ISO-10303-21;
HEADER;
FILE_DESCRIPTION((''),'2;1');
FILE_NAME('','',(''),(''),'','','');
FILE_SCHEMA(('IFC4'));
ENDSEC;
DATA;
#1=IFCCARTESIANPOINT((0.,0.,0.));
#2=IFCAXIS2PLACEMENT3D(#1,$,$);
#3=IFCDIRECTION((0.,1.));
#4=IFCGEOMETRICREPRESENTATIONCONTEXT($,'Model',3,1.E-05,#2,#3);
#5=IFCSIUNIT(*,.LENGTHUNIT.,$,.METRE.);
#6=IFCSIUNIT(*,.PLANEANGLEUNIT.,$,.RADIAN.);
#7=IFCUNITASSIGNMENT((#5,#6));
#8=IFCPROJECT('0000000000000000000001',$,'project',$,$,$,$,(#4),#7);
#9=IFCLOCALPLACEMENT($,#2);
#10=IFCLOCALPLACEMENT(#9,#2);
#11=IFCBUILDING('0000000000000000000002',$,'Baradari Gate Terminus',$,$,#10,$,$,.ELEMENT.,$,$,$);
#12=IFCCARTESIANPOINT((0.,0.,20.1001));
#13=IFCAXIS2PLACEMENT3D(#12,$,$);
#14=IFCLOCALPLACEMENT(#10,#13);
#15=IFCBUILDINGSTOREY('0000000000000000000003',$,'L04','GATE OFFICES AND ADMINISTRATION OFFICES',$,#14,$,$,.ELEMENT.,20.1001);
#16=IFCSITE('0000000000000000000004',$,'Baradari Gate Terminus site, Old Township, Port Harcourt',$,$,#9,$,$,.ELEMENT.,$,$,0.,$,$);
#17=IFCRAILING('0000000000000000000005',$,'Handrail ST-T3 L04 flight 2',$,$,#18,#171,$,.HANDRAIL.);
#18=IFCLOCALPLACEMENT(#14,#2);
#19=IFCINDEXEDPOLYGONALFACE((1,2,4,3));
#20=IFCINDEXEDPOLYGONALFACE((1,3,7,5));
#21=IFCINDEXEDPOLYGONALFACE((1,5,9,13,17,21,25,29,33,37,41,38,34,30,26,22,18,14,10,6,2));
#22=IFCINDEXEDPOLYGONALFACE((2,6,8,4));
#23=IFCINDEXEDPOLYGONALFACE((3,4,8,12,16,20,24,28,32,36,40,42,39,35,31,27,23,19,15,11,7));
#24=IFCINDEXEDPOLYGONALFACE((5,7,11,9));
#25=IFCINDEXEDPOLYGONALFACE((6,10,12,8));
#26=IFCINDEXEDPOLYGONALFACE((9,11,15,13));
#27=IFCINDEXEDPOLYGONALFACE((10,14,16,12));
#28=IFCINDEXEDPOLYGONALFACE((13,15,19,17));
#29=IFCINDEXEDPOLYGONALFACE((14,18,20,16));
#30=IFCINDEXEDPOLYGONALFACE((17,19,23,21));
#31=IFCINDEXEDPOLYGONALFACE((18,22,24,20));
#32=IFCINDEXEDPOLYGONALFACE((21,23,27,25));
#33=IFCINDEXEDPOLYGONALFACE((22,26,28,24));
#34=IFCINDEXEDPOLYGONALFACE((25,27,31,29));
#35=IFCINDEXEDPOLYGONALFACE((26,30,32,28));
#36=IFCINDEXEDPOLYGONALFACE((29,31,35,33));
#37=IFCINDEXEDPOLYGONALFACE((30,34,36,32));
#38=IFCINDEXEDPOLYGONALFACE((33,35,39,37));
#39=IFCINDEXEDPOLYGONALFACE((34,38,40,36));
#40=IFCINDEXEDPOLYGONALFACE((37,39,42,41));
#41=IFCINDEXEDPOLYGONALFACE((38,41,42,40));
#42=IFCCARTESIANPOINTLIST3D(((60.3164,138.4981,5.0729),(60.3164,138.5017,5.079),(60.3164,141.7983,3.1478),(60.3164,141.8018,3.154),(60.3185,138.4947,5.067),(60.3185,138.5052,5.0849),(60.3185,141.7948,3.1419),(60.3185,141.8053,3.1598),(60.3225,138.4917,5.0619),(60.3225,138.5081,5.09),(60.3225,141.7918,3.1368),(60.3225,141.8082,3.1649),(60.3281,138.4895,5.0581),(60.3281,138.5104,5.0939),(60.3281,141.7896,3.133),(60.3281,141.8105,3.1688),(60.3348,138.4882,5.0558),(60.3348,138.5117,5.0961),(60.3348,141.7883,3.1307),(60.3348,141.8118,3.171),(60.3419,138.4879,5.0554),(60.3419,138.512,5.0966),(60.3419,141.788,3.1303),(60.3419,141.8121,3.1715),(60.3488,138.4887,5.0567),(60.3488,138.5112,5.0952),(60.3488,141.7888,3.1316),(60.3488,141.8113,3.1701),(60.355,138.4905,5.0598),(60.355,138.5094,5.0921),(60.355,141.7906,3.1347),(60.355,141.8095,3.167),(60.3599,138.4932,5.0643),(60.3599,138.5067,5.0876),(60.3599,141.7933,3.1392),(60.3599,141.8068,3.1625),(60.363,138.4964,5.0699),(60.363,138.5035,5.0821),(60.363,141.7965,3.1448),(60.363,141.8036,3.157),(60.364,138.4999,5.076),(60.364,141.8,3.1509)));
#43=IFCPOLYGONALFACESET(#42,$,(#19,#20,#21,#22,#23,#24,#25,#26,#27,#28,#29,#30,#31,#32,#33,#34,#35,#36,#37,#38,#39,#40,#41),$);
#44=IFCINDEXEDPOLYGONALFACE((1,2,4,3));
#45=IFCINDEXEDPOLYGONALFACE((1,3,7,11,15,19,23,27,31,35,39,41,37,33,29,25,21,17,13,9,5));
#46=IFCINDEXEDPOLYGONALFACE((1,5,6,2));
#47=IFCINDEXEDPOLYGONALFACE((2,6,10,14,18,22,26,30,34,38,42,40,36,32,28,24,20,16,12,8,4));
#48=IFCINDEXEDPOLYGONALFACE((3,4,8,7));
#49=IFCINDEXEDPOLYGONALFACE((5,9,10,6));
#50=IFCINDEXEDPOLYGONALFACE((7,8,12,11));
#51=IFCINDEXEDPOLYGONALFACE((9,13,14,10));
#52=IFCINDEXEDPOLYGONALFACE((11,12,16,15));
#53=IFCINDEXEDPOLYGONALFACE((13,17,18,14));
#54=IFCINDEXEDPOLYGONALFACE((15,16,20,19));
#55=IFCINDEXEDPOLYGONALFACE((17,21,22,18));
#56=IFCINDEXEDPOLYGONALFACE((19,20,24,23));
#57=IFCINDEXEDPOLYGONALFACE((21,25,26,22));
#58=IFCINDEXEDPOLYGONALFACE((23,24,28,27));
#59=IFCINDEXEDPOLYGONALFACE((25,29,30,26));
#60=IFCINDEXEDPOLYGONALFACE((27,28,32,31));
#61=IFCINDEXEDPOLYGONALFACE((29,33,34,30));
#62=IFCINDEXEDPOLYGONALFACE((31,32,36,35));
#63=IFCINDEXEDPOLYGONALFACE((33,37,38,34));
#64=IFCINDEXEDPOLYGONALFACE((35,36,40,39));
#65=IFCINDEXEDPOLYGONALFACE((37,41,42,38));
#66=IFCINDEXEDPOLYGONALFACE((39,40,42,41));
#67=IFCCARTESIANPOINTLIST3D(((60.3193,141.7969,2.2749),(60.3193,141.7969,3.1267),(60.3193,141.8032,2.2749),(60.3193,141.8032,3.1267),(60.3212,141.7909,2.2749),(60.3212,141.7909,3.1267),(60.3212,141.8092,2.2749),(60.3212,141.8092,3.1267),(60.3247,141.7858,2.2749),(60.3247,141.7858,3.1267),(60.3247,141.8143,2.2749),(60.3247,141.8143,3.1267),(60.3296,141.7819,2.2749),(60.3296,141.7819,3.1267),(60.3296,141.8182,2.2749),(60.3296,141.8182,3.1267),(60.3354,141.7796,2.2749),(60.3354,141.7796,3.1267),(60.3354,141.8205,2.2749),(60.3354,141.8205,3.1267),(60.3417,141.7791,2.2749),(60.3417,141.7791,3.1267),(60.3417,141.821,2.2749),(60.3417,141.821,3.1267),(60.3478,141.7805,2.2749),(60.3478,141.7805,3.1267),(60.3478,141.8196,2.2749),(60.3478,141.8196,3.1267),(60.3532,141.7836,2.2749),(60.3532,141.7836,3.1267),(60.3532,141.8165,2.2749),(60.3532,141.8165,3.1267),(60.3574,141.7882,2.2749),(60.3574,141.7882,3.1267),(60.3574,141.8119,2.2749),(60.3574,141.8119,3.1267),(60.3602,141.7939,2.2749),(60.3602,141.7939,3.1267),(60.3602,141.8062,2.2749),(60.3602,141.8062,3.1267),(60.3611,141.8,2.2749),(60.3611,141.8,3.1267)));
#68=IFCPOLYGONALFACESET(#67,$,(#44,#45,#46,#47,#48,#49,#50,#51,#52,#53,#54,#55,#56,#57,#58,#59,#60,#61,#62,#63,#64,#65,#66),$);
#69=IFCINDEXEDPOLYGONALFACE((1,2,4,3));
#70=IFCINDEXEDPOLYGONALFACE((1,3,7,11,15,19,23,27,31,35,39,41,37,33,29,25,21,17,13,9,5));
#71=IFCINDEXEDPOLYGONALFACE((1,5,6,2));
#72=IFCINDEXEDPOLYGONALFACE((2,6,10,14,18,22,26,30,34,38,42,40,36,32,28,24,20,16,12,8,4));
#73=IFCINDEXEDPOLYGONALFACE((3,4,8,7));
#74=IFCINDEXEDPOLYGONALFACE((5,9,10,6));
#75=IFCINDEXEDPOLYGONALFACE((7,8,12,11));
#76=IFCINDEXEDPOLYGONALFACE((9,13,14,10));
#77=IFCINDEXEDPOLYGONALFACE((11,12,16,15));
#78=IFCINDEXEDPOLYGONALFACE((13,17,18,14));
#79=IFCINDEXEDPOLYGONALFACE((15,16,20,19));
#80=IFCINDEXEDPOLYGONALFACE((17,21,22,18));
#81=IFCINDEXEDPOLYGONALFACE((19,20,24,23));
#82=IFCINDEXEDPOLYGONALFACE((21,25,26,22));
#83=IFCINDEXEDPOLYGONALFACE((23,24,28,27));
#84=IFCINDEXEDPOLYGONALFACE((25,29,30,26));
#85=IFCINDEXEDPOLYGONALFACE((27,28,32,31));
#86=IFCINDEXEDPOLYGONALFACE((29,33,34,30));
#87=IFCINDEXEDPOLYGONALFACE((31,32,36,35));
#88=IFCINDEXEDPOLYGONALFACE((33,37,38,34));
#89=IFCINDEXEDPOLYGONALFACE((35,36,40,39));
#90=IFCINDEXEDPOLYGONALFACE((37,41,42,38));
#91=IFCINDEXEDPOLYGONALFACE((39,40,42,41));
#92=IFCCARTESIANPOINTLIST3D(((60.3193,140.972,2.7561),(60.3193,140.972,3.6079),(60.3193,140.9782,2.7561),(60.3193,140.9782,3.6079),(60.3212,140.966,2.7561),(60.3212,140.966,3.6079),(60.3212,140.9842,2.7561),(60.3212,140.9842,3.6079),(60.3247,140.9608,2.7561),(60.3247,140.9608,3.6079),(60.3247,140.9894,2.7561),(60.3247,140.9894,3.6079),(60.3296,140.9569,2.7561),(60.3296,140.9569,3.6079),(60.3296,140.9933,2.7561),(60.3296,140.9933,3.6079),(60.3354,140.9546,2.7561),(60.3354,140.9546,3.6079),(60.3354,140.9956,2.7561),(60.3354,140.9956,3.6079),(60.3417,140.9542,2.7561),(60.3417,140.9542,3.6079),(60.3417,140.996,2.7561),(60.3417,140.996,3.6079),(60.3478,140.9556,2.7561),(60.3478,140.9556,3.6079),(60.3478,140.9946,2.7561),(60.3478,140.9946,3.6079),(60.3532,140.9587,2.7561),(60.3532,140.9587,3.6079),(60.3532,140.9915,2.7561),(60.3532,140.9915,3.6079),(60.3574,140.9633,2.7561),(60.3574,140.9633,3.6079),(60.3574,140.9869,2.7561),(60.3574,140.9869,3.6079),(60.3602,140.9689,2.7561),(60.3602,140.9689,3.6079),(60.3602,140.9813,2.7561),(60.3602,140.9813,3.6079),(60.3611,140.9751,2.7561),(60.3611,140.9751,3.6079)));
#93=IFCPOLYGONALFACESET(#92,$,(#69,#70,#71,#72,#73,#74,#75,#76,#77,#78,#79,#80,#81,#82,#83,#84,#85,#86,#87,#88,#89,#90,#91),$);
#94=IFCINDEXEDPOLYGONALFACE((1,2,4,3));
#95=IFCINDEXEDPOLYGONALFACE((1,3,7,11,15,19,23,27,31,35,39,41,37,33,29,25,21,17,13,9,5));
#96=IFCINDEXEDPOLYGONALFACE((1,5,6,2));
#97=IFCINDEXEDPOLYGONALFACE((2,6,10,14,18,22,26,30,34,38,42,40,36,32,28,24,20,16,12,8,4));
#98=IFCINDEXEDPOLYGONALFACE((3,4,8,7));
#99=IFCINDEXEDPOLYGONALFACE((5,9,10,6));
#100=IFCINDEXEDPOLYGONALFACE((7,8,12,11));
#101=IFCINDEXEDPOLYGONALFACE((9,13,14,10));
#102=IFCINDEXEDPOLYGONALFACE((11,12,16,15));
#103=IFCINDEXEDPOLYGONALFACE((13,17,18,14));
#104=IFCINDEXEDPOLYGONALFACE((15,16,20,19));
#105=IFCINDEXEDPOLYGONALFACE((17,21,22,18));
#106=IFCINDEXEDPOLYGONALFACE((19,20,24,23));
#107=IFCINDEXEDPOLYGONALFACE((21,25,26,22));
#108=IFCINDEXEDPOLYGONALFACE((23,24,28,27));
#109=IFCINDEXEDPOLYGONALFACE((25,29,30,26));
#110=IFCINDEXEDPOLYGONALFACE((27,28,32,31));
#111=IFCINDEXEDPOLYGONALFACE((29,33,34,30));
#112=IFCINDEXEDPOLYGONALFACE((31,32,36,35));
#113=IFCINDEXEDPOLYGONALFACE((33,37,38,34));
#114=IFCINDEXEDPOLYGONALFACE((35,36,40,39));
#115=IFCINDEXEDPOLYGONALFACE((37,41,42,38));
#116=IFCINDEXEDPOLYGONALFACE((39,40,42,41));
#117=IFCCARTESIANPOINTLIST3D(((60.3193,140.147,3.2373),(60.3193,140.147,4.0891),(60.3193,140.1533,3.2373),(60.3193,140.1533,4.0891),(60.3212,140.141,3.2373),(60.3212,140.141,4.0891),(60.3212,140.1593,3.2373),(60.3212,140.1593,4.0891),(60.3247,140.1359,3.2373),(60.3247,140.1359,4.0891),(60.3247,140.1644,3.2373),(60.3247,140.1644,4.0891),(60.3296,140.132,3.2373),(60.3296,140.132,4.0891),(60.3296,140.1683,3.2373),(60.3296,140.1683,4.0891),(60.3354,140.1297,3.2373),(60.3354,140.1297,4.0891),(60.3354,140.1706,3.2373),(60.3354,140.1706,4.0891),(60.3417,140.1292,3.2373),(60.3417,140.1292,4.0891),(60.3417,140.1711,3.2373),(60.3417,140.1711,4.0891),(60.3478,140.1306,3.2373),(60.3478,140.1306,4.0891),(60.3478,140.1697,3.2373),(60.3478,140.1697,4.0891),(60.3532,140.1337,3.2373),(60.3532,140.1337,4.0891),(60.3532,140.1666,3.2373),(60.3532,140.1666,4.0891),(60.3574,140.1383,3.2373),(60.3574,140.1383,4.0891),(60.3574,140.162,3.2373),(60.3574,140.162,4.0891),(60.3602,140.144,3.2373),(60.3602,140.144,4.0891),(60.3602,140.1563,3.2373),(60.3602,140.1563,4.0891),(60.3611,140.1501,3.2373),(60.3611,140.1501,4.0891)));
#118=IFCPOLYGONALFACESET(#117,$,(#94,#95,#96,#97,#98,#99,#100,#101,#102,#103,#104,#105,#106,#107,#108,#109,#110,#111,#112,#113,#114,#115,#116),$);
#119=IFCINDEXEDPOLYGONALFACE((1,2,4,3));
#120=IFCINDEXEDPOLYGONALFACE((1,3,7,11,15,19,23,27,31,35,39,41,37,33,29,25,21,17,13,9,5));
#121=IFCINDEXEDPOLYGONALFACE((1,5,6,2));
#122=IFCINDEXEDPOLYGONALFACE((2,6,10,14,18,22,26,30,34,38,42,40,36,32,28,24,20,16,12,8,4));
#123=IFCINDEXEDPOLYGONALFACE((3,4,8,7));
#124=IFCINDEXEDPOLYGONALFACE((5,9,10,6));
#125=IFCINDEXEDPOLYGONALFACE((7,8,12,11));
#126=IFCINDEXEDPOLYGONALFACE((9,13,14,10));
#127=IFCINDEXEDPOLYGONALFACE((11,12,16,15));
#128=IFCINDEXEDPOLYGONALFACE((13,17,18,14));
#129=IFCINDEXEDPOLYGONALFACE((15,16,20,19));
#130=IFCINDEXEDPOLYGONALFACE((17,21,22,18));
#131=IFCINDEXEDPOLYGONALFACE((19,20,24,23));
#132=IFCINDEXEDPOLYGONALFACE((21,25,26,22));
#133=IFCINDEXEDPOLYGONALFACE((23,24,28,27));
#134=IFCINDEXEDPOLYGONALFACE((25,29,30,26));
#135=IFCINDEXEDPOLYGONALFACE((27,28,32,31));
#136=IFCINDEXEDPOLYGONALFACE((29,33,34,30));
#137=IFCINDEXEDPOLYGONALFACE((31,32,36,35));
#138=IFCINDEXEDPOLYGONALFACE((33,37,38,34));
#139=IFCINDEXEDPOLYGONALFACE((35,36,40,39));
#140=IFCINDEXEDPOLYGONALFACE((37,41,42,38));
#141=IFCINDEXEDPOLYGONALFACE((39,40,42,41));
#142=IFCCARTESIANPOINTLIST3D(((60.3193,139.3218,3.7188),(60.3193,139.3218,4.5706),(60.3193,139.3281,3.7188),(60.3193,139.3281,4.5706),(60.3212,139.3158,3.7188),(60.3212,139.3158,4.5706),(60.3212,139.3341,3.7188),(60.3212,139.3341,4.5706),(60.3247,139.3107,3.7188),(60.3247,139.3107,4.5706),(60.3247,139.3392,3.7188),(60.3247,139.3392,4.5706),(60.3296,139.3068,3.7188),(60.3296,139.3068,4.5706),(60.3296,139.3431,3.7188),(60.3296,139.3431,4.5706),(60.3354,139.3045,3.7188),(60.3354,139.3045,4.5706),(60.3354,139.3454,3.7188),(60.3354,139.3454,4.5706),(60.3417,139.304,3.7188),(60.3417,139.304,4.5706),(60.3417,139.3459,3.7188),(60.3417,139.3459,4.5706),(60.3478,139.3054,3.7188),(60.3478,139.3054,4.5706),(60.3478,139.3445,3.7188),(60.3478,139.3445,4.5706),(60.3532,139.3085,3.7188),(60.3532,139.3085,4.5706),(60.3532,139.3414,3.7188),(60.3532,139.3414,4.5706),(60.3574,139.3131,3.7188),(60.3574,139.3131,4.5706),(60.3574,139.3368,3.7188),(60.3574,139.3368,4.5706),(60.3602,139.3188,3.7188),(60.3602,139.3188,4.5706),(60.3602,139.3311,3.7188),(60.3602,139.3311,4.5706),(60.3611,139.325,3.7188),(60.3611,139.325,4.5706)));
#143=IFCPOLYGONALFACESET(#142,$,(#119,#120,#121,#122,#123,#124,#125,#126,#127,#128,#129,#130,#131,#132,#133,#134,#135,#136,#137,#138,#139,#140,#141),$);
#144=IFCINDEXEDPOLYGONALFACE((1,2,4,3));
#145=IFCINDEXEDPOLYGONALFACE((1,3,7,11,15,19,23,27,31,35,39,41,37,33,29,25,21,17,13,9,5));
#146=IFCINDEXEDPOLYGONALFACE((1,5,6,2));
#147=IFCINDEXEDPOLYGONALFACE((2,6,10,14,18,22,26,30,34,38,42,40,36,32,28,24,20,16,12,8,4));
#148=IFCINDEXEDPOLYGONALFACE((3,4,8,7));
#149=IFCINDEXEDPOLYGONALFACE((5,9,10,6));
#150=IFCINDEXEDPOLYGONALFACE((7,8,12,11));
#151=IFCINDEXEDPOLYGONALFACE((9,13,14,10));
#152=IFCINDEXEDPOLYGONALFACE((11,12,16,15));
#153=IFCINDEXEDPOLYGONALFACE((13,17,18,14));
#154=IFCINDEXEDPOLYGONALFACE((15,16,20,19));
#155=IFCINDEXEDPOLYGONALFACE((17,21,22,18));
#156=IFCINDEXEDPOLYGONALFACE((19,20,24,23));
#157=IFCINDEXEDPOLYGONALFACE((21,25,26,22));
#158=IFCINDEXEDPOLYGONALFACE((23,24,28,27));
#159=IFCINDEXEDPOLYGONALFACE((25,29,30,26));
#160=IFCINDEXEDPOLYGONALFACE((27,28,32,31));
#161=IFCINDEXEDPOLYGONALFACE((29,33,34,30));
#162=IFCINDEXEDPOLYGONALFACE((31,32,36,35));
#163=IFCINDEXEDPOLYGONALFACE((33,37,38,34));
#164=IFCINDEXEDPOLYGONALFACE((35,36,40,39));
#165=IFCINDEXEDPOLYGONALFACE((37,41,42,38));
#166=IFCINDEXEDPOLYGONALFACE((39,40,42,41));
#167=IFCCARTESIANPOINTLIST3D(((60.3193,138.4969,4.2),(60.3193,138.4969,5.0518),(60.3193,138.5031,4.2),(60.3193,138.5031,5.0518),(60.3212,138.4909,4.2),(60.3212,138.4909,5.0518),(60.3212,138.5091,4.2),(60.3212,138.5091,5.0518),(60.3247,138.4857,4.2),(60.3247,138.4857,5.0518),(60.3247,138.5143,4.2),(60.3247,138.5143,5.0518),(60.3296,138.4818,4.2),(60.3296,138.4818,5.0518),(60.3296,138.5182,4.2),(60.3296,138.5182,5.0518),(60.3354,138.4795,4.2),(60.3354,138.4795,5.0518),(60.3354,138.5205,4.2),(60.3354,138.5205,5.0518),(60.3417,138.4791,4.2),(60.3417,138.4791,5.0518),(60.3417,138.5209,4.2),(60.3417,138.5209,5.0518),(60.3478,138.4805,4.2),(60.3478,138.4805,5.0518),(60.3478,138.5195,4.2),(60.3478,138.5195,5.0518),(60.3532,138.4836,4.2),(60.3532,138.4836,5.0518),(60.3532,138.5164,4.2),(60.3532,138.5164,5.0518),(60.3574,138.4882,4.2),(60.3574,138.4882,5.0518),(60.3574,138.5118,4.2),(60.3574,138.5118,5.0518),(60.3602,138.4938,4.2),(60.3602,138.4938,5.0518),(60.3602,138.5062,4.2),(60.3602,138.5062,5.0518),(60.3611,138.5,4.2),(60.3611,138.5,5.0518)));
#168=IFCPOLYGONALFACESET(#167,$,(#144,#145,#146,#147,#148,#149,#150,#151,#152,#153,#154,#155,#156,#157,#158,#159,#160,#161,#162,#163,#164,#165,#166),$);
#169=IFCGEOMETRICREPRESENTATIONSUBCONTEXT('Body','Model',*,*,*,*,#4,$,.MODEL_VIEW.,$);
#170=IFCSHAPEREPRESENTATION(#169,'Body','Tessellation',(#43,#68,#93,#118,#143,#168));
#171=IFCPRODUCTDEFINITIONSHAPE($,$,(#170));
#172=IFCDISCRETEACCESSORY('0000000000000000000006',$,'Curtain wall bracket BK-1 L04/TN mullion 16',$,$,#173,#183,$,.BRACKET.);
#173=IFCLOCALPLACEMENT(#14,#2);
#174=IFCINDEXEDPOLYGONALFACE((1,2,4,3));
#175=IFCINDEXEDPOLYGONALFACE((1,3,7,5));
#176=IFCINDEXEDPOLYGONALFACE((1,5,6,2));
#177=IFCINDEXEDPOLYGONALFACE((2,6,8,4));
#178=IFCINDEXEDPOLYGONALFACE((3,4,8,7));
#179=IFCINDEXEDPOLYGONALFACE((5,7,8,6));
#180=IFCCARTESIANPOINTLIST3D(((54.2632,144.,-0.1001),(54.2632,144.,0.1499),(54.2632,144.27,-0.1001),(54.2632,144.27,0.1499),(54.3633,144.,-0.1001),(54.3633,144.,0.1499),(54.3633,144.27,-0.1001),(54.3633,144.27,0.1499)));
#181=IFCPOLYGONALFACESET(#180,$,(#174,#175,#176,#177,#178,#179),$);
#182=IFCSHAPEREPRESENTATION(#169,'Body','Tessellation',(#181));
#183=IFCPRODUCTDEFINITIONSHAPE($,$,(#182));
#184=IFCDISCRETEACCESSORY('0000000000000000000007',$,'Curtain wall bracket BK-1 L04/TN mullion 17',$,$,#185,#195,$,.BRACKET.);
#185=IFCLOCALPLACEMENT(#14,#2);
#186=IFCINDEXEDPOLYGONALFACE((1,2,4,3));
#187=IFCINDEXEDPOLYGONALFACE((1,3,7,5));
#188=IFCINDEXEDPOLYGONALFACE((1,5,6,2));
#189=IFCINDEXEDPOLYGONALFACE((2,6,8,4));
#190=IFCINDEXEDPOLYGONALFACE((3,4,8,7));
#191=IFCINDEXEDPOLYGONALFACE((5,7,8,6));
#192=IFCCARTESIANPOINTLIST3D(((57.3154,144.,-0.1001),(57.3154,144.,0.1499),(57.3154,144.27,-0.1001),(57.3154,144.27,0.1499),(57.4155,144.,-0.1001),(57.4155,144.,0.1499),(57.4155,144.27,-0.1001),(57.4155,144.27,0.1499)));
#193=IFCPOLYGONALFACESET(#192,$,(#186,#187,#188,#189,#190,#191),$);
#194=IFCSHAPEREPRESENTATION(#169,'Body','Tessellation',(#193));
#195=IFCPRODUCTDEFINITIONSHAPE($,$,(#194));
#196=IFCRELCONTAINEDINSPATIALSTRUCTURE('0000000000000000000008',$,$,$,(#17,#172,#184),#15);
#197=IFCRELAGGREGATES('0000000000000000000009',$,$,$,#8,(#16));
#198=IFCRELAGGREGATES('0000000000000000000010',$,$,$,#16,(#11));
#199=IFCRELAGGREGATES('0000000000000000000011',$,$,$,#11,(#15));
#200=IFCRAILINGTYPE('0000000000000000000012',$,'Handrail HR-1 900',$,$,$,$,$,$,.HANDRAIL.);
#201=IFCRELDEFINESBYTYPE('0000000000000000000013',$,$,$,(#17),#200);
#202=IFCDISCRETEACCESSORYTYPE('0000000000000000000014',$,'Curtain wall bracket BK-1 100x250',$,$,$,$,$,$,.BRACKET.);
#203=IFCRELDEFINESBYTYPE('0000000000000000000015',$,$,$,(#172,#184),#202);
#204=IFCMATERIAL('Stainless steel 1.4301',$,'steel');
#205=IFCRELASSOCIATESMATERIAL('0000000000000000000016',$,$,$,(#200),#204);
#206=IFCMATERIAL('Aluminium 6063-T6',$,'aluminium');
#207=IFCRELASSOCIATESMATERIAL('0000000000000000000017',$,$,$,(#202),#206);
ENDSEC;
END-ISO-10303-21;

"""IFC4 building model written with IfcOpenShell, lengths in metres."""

from ifc_helpers import new_model, si_unit, direction, frame, origin, origin_2d, place, context, subcontext, project, spatial, rectangle, circle, extrude, material, type_object, element, save


model = new_model("IFC4")

# Units and contexts
model_context = context("Model", 3, precision=1e-05, world=origin(), true_north=direction((0.0, 1.0)))
body_context = subcontext(model_context, "Body", "Model", "MODEL_VIEW")
ifc_project = project(units=[si_unit("LENGTHUNIT", "METRE"), si_unit("PLANEANGLEUNIT", "RADIAN")], contexts=[model_context])

# Site, building, storey
site_placement = place(None, origin())
site = spatial("IfcSite", under=ifc_project, at=site_placement, Name="Baradari Gate Terminus site, Old Township, Port Harcourt", CompositionType="ELEMENT", RefElevation=0.0)
building_placement = place(site_placement, origin())
building = spatial("IfcBuilding", under=site, at=building_placement, Name="Baradari Gate Terminus", CompositionType="ELEMENT")
storey_placement = place(building_placement, frame((0.0, 0.0, 20.1001)))
storey = spatial("IfcBuildingStorey", under=building, at=storey_placement, Name="L04", Description="GATE OFFICES AND ADMINISTRATION OFFICES", CompositionType="ELEMENT", Elevation=20.1001)

# Railing
ifc_material_1 = material(Name="Stainless steel 1.4301", Category="steel")
railing_type = type_object("IfcRailingType", Name="Handrail HR-1 900", PredefinedType="HANDRAIL", material=ifc_material_1)
for number, where, name in (
    (1, (60.3401, 141.8, 2.2749), "Handrail ST-T3 L04 flight 2"),
):
    element("IfcRailing", number, at=place(storey_placement, frame(where)), inside=storey, type_object=railing_type, Name=name, PredefinedType="HANDRAIL", context=body_context, shape_type="SweptSolid", body=[
        extrude(circle(Radius=0.0239, at=origin_2d()), frame((0.0, 0.0, 0.876), z_axis=(0.0, -0.863777, 0.503875), x_axis=(1.0, 0.0, 0.0)), (0.0, 0.0, 1.0), 3.8206),
        extrude(circle(Radius=0.021, at=origin_2d()), origin(), (0.0, 0.0, 1.0), 0.8518),
        extrude(circle(Radius=0.021, at=origin_2d()), frame((0.0, -0.825, 0.4812)), (0.0, 0.0, 1.0), 0.8518),
        extrude(circle(Radius=0.021, at=origin_2d()), frame((0.0, -1.6499, 0.9624)), (0.0, 0.0, 1.0), 0.8518),
        extrude(circle(Radius=0.021, at=origin_2d()), frame((0.0, -2.4751, 1.4438)), (0.0, 0.0, 1.0), 0.8518),
        extrude(circle(Radius=0.021, at=origin_2d()), frame((0.0, -3.3, 1.925)), (0.0, 0.0, 1.0), 0.8518),
    ])

# Discrete accessories
ifc_material_2 = material(Name="Aluminium 6063-T6", Category="aluminium")
discrete_accessory_type = type_object("IfcDiscreteAccessoryType", Name="Curtain wall bracket BK-1 100x250", PredefinedType="BRACKET", material=ifc_material_2)
for number, where, z_axis, x_axis, name in (
    (2, (54.3132, 144.135, -0.1001), (0.0, 0.0, 1.0), (0.0, 1.0, 0.0), "Curtain wall bracket BK-1 L04/TN mullion 16"),
    (3, (57.3655, 144.135, -0.1001), (0.0, 0.0, 1.0), (0.0, 1.0, 0.0), "Curtain wall bracket BK-1 L04/TN mullion 17"),
):
    element("IfcDiscreteAccessory", number, at=place(storey_placement, frame(where, z_axis=z_axis, x_axis=x_axis)), inside=storey, type_object=discrete_accessory_type, Name=name, PredefinedType="BRACKET", context=body_context, shape_type="SweptSolid", body=[
        extrude(rectangle(XDim=0.27, YDim=0.1001, at=origin_2d()), origin(), (0.0, 0.0, 1.0), 0.25),
    ])

save(model, "model.ifc")
